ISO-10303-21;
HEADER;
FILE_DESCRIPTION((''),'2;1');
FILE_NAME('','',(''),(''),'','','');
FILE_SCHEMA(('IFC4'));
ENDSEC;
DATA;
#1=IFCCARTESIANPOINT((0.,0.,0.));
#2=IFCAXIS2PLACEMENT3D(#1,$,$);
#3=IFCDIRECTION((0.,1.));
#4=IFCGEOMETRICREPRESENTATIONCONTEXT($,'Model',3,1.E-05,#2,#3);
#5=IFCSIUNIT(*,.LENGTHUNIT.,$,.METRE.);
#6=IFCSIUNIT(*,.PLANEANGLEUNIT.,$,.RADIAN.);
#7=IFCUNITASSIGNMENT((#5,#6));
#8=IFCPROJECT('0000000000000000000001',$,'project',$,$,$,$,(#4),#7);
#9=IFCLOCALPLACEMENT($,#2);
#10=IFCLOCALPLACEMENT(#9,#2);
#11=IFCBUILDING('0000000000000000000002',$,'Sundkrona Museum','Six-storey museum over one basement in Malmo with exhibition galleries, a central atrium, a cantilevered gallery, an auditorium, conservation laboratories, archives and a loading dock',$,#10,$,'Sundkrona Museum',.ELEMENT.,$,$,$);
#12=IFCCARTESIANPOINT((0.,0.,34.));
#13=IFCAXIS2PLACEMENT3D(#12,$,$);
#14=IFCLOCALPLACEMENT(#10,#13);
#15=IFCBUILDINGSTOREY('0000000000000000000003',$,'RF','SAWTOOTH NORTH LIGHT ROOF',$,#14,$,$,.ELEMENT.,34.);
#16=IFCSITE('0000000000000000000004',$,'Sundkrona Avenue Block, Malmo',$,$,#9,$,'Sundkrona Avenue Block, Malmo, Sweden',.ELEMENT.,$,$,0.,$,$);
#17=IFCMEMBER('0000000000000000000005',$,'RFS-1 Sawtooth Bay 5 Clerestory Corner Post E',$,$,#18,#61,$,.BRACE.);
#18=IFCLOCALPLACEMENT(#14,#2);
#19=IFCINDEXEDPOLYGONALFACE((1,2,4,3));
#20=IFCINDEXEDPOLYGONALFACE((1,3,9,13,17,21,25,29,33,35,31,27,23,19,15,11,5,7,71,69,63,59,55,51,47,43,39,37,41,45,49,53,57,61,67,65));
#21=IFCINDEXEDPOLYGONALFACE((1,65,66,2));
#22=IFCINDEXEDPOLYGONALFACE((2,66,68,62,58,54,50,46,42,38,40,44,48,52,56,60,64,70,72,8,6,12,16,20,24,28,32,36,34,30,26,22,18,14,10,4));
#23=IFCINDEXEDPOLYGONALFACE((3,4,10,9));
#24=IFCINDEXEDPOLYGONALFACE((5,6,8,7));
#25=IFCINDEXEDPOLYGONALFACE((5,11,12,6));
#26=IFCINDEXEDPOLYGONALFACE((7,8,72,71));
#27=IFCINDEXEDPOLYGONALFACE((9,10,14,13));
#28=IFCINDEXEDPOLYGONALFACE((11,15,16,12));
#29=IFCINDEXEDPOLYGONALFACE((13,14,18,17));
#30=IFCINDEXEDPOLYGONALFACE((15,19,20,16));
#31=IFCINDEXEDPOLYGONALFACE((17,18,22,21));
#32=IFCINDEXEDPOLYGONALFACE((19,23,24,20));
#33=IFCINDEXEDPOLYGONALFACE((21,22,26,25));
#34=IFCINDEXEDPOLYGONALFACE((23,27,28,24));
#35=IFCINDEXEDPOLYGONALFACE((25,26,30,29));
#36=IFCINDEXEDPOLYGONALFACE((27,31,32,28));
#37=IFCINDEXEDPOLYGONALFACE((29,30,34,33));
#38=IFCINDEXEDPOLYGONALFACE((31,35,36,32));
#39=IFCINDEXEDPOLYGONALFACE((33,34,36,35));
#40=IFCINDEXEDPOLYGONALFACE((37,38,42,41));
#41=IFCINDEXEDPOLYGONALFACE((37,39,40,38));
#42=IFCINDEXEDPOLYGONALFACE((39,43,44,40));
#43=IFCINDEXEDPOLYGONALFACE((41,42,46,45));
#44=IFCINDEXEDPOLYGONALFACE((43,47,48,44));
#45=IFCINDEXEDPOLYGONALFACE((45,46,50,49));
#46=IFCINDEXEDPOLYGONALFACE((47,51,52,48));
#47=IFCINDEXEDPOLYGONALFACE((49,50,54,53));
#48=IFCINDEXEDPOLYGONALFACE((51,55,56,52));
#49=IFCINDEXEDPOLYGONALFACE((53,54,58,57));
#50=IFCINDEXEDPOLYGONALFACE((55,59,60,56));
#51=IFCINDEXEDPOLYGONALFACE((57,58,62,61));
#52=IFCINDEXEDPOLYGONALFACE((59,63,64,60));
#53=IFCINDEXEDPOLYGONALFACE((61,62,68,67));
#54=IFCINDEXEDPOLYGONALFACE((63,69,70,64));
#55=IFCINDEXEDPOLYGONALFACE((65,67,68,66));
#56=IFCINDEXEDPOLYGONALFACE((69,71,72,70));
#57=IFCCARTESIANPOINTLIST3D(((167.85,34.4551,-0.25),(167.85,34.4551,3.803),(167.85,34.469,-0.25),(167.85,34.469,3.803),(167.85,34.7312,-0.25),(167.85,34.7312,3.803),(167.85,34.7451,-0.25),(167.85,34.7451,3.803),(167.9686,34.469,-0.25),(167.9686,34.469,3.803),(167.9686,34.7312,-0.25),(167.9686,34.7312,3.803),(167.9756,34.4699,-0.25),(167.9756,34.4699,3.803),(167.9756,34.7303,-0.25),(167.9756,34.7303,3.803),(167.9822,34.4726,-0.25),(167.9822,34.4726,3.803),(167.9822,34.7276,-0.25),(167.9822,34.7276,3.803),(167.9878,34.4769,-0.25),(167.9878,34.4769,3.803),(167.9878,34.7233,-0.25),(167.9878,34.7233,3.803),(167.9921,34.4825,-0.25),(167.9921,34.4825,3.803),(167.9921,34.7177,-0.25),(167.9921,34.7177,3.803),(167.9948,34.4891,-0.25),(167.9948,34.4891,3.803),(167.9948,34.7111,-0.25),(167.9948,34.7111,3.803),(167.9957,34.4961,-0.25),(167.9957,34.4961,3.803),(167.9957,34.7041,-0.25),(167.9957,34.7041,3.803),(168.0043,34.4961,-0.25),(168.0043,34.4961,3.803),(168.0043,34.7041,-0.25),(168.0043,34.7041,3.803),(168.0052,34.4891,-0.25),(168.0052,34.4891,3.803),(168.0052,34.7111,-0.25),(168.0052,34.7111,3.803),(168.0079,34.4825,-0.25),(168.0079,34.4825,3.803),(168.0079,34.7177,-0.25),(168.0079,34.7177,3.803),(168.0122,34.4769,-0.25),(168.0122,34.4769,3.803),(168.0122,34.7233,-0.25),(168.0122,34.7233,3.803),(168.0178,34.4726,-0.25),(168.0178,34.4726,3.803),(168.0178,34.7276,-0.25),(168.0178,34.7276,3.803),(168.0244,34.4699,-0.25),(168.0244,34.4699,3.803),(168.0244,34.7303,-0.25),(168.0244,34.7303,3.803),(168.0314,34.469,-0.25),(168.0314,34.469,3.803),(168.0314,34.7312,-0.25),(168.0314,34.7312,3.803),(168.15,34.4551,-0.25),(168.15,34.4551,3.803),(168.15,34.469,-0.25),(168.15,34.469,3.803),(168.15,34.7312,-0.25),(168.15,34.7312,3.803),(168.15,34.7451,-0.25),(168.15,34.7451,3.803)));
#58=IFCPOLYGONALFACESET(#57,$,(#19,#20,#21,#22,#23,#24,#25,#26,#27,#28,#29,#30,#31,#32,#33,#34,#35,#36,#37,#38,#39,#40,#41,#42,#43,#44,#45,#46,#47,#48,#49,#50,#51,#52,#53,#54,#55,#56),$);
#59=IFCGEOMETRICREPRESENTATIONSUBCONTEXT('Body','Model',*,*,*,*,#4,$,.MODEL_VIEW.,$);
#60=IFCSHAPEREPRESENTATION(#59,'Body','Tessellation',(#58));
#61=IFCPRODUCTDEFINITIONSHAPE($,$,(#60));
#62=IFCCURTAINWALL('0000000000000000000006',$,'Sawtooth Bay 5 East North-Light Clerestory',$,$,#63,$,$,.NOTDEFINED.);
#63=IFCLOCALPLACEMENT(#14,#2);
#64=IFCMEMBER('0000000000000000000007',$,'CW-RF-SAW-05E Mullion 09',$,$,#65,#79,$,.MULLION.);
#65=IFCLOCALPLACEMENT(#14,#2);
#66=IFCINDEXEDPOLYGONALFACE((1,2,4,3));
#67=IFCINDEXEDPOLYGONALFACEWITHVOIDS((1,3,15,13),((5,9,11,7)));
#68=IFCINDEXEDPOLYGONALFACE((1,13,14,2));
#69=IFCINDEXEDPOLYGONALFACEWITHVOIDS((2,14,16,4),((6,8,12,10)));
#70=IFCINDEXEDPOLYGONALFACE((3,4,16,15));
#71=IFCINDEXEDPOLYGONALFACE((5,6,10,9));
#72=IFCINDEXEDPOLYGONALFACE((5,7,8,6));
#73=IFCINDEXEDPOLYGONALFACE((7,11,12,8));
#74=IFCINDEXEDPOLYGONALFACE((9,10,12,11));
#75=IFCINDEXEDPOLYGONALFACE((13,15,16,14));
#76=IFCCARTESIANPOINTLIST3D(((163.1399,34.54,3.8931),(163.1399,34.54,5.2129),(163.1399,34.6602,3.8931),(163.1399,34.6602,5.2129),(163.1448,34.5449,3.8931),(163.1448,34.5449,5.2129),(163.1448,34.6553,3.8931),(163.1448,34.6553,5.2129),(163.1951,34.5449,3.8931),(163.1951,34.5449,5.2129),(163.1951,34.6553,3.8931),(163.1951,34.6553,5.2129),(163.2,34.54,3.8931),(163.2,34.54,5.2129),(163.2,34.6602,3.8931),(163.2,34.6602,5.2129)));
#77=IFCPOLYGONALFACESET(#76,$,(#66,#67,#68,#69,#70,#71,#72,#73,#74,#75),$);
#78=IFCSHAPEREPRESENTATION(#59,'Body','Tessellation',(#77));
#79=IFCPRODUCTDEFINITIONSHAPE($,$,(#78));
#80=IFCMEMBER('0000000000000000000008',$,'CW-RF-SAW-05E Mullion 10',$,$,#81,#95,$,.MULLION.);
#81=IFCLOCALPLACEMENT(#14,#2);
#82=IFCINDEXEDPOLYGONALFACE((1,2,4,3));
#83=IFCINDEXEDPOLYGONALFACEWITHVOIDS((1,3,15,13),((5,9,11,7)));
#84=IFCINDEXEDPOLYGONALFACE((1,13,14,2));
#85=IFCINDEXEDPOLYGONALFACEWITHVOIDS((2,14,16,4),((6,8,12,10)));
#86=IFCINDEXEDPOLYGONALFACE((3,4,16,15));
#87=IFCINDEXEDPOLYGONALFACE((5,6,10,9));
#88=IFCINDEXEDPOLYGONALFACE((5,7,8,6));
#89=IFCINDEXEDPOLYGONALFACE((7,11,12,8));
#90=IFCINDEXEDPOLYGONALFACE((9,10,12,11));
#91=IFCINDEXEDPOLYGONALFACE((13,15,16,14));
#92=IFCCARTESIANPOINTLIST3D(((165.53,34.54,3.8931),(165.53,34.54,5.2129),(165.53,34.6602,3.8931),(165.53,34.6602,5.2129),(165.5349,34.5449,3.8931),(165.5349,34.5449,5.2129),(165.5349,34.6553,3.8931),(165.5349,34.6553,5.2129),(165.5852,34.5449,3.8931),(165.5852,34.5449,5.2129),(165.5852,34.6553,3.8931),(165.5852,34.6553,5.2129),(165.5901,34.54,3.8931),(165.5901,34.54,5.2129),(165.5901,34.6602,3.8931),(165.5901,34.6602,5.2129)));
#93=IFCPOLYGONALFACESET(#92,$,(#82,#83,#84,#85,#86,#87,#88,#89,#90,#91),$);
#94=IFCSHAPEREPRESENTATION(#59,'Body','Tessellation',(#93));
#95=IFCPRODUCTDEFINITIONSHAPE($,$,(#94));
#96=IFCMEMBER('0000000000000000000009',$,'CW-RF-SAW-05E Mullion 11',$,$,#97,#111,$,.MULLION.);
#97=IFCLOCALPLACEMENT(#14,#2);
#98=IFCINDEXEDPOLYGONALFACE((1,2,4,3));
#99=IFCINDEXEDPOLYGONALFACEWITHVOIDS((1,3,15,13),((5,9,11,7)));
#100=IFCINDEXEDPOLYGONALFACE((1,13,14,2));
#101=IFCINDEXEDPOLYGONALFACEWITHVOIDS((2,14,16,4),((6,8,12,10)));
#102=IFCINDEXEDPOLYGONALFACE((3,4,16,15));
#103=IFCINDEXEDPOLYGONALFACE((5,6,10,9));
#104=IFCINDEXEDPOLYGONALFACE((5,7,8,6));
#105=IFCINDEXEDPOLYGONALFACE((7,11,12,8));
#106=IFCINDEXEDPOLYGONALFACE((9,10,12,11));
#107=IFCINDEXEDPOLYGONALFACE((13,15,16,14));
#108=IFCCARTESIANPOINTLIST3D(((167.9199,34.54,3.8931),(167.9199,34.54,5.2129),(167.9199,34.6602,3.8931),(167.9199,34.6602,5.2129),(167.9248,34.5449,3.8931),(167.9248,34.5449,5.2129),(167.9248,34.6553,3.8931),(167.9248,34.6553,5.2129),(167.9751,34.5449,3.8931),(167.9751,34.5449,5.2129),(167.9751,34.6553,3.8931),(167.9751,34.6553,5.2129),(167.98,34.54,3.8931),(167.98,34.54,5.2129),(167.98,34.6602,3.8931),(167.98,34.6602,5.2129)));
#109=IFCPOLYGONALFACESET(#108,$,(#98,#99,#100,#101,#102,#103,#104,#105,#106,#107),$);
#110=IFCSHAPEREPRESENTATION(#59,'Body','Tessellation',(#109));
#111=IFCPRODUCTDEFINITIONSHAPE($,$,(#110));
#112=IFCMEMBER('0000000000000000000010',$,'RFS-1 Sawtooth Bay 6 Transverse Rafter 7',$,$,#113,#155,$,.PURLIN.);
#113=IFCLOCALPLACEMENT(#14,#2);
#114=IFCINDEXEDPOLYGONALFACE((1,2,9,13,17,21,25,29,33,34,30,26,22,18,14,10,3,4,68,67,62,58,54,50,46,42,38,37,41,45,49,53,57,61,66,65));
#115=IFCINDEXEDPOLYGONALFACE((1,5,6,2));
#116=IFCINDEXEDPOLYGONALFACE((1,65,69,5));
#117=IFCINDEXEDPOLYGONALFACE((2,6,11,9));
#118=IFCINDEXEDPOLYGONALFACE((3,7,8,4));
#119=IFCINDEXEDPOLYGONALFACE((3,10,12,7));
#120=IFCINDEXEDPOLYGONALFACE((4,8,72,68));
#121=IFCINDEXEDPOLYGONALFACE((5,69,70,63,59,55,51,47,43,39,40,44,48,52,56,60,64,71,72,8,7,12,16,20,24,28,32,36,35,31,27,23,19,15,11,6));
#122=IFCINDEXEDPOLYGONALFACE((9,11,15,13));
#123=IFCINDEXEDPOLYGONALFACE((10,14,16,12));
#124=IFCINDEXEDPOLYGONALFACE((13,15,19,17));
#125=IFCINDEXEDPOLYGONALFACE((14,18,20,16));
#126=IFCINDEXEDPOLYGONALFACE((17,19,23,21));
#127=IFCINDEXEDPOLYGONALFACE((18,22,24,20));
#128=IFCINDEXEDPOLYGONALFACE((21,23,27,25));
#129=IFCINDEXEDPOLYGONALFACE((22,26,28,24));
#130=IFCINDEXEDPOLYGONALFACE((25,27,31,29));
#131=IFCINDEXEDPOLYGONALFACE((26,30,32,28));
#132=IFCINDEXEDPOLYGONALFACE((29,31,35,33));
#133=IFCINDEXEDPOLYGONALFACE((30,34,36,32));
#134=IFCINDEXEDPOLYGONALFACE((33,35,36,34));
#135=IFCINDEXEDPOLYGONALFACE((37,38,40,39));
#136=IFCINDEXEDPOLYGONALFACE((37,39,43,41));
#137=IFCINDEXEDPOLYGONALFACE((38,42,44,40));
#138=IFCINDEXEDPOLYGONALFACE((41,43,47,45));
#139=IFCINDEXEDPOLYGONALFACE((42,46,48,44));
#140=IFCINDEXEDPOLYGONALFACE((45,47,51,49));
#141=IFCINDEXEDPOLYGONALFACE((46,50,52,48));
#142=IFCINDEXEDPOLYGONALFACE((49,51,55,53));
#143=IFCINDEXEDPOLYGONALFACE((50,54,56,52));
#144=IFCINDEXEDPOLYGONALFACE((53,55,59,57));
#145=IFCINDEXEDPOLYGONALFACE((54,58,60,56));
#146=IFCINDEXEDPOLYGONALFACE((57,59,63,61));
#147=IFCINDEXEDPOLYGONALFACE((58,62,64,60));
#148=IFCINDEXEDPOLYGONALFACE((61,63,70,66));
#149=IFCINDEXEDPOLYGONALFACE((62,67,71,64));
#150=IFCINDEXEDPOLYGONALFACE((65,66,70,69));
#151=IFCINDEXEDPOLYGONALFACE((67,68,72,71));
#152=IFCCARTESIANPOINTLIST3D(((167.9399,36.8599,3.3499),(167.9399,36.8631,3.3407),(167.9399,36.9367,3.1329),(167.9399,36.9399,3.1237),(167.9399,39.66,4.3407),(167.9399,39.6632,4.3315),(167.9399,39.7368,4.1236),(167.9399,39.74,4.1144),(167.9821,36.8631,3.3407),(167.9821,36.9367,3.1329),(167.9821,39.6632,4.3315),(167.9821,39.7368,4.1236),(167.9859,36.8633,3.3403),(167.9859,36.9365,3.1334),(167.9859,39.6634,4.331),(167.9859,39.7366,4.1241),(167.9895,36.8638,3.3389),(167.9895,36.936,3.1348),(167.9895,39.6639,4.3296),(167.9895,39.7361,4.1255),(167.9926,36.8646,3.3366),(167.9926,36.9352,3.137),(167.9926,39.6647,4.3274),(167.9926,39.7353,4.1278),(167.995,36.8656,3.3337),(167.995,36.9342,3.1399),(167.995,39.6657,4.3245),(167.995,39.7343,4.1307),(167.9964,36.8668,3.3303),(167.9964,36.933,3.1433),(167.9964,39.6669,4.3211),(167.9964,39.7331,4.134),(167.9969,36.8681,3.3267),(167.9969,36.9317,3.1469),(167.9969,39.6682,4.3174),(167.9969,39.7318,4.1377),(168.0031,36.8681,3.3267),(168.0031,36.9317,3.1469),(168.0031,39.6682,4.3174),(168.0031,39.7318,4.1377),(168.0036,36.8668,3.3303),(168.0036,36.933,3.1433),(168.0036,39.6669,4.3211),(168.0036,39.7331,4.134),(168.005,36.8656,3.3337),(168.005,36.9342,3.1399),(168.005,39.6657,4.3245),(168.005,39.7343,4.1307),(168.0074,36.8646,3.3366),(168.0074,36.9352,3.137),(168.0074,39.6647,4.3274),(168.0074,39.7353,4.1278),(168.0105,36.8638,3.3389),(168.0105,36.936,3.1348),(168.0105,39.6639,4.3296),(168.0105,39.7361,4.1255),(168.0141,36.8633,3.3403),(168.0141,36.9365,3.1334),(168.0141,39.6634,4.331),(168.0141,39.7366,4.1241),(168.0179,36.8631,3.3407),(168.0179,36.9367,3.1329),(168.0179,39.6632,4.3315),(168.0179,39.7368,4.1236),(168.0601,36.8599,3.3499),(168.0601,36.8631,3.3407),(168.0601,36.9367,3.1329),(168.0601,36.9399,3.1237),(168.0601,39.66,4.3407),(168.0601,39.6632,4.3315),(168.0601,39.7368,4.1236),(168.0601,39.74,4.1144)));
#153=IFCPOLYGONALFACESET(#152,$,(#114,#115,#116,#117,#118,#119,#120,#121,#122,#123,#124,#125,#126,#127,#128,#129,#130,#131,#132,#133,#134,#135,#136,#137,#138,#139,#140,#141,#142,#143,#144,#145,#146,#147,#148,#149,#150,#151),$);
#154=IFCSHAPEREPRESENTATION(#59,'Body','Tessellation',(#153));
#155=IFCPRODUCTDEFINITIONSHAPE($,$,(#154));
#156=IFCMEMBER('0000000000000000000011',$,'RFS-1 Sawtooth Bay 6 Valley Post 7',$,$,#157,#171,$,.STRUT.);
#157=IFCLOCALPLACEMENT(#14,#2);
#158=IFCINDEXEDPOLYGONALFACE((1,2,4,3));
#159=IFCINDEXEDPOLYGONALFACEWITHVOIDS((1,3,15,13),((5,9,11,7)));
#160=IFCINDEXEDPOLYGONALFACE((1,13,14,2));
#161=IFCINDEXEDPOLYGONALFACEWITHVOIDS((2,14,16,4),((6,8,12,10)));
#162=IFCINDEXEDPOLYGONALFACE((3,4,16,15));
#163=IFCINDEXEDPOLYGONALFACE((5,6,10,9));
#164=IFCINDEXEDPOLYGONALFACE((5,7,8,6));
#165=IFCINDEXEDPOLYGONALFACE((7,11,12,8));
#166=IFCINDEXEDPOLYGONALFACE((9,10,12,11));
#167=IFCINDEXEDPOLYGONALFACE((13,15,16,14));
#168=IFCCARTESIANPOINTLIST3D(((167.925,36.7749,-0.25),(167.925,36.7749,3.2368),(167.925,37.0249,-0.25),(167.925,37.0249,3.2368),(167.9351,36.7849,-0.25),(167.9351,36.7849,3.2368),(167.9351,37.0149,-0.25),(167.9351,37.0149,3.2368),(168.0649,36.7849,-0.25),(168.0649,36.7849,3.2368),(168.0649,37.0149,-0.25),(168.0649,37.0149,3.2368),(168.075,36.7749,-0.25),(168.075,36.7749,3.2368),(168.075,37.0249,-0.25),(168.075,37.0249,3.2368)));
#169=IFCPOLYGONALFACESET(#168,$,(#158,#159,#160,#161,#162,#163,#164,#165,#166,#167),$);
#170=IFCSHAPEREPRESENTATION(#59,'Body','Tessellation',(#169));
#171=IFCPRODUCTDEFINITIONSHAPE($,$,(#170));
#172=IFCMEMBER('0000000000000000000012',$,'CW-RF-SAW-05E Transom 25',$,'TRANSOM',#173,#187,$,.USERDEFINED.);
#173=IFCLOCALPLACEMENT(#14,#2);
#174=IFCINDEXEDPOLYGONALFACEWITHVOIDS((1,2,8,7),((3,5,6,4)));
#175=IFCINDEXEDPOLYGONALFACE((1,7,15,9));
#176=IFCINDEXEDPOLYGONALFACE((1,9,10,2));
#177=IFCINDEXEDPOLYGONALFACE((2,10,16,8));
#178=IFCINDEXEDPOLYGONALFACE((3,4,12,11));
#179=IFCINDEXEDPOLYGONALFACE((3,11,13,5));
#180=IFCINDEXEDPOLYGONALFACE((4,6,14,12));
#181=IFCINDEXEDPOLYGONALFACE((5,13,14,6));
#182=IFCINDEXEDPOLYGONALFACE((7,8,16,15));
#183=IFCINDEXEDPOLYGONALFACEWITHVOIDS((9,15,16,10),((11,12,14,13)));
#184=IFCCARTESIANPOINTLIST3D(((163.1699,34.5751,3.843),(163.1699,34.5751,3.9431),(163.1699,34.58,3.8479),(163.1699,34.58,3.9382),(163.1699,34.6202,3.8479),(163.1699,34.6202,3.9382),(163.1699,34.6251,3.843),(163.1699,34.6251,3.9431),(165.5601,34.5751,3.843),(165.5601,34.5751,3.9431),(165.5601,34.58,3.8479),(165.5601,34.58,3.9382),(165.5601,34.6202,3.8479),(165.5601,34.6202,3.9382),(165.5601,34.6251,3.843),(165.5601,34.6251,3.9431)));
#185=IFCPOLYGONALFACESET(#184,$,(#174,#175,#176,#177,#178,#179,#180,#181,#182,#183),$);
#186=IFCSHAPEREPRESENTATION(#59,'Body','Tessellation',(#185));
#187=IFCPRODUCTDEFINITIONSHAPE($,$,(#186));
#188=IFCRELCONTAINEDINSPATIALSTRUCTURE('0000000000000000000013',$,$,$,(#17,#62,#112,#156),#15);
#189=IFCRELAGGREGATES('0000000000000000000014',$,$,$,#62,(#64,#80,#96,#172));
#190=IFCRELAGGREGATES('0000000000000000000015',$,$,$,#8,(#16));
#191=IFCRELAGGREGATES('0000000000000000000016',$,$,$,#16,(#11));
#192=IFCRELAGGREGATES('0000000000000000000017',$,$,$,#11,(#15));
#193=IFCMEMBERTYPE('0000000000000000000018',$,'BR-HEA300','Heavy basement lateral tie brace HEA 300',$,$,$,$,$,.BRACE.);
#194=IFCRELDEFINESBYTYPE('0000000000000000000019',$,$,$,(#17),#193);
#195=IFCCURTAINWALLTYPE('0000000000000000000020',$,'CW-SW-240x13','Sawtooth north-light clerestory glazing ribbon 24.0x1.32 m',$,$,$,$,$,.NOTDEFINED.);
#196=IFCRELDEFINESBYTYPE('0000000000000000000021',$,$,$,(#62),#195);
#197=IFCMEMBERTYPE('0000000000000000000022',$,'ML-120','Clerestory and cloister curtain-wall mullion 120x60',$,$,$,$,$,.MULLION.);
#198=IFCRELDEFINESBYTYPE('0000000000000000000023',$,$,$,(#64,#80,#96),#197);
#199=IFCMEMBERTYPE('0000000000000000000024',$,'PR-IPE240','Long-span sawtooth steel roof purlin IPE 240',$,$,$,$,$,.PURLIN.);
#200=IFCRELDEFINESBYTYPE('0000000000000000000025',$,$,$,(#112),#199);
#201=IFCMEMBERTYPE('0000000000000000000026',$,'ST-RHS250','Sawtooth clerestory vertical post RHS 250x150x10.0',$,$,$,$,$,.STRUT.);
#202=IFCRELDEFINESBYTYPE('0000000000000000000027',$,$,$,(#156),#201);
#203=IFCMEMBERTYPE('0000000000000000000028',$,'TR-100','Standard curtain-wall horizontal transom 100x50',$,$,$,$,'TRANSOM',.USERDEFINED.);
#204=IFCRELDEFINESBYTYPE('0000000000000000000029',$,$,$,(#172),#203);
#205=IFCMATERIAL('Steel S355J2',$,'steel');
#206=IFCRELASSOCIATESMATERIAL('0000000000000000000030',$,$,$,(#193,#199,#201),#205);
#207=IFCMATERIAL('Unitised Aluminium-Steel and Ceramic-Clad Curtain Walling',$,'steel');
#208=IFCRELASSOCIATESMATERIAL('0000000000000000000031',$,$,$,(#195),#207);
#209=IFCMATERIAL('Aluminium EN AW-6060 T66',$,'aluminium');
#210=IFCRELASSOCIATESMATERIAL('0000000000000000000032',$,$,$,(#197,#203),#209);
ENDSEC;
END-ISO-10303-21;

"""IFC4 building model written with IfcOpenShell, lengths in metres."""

from ifc_helpers import new_model, si_unit, direction, frame, origin, origin_2d, place, context, subcontext, project, spatial, hollow_rectangle, i_section, extrude, material, material_profile, profile_set, type_object, element, aggregate, save


model = new_model("IFC4")

# Units and contexts
model_context = context("Model", 3, precision=1e-05, world=origin(), true_north=direction((0.0, 1.0)))
body_context = subcontext(model_context, "Body", "Model", "MODEL_VIEW")
ifc_project = project(units=[si_unit("LENGTHUNIT", "METRE"), si_unit("PLANEANGLEUNIT", "RADIAN")], contexts=[model_context])

# Site, building, storey
site_placement = place(None, origin())
site = spatial("IfcSite", under=ifc_project, at=site_placement, Name="Sundkrona Avenue Block, Malmo", LongName="Sundkrona Avenue Block, Malmo, Sweden", CompositionType="ELEMENT", RefElevation=0.0)
building_placement = place(site_placement, origin())
building = spatial("IfcBuilding", under=site, at=building_placement, Name="Sundkrona Museum", Description="Six-storey museum over one basement in Malmo with exhibition galleries, a central atrium, a cantilevered gallery, an auditorium, conservation laboratories, archives and a loading dock", LongName="Sundkrona Museum", CompositionType="ELEMENT")
storey_placement = place(building_placement, frame((0.0, 0.0, 34.0)))
storey = spatial("IfcBuildingStorey", under=building, at=storey_placement, Name="RF", Description="SAWTOOTH NORTH LIGHT ROOF", CompositionType="ELEMENT", Elevation=34.0)

# Member
ifc_material_1 = material(Name="Steel S355J2", Category="steel")
ifc_material_profile_1 = material_profile(ifc_material_1, i_section(OverallWidth=0.3, OverallDepth=0.29, WebThickness=0.0085, FlangeThickness=0.0139, FilletRadius=0.0271, at=origin_2d()), Name="HEA 300")
ifc_profile_set_1 = profile_set([ifc_material_profile_1], Name="Steel S355J2")
member_type_1 = type_object("IfcMemberType", Name="BR-HEA300", Description="Heavy basement lateral tie brace HEA 300", PredefinedType="BRACE", material=ifc_profile_set_1)
member_1_placement = place(storey_placement, frame((168.0, 34.6001, -0.25), z_axis=(0.0, 0.0, 1.0), x_axis=(1.0, 0.0, 0.0)))
element("IfcMember", 1, at=member_1_placement, inside=storey, type_object=member_type_1, Name="RFS-1 Sawtooth Bay 5 Clerestory Corner Post E", PredefinedType="BRACE", context=body_context, shape_type="SweptSolid", body=[
    extrude(i_section(OverallWidth=0.3, OverallDepth=0.29, WebThickness=0.0085, FlangeThickness=0.0139, FilletRadius=0.0271, at=origin_2d()), origin(), (0.0, 0.0, 1.0), 4.053),
])

# Curtain wall, members
ifc_material_2 = material(Name="Unitised Aluminium-Steel and Ceramic-Clad Curtain Walling", Category="steel")
curtain_wall_type = type_object("IfcCurtainWallType", Name="CW-SW-240x13", Description="Sawtooth north-light clerestory glazing ribbon 24.0x1.32 m", PredefinedType="NOTDEFINED", material=ifc_material_2)
curtain_wall_placement = place(storey_placement, origin())
curtain_wall = element("IfcCurtainWall", 2, at=curtain_wall_placement, inside=storey, type_object=curtain_wall_type, Name="Sawtooth Bay 5 East North-Light Clerestory", PredefinedType="NOTDEFINED")
ifc_material_3 = material(Name="Aluminium EN AW-6060 T66", Category="aluminium")
ifc_material_profile_2 = material_profile(ifc_material_3, hollow_rectangle(XDim=0.0601, YDim=0.1201, WallThickness=0.0049, at=origin_2d()), Name="RHS 120x60x5.0")
ifc_profile_set_2 = profile_set([ifc_material_profile_2], Name="Aluminium EN AW-6060 T66")
member_type_2 = type_object("IfcMemberType", Name="ML-120", Description="Clerestory and cloister curtain-wall mullion 120x60", PredefinedType="MULLION", material=ifc_profile_set_2)
member_2_placement = place(storey_placement, frame((163.1699, 34.6001, 3.8931), z_axis=(0.0, 0.0, 1.0), x_axis=(1.0, 0.0, 0.0)))
member_2 = element("IfcMember", 3, at=member_2_placement, type_object=member_type_2, Name="CW-RF-SAW-05E Mullion 09", PredefinedType="MULLION", context=body_context, shape_type="SweptSolid", body=[
    extrude(hollow_rectangle(XDim=0.0601, YDim=0.1201, WallThickness=0.0049, at=origin_2d()), origin(), (0.0, 0.0, 1.0), 1.3198),
])
member_3_placement = place(storey_placement, frame((165.5601, 34.6001, 3.8931), z_axis=(0.0, 0.0, 1.0), x_axis=(1.0, 0.0, 0.0)))
member_3 = element("IfcMember", 4, at=member_3_placement, type_object=member_type_2, Name="CW-RF-SAW-05E Mullion 10", PredefinedType="MULLION", context=body_context, shape_type="SweptSolid", body=[
    extrude(hollow_rectangle(XDim=0.0601, YDim=0.1201, WallThickness=0.0049, at=origin_2d()), origin(), (0.0, 0.0, 1.0), 1.3198),
])
member_4_placement = place(storey_placement, frame((167.95, 34.6001, 3.8931), z_axis=(0.0, 0.0, 1.0), x_axis=(1.0, 0.0, 0.0)))
member_4 = element("IfcMember", 5, at=member_4_placement, type_object=member_type_2, Name="CW-RF-SAW-05E Mullion 11", PredefinedType="MULLION", context=body_context, shape_type="SweptSolid", body=[
    extrude(hollow_rectangle(XDim=0.0601, YDim=0.1201, WallThickness=0.0049, at=origin_2d()), origin(), (0.0, 0.0, 1.0), 1.3198),
])

# Members
ifc_material_profile_3 = material_profile(ifc_material_1, i_section(OverallWidth=0.1201, OverallDepth=0.24, WebThickness=0.0061, FlangeThickness=0.0098, FilletRadius=0.0149, at=origin_2d()), Name="IPE 240")
ifc_profile_set_3 = profile_set([ifc_material_profile_3], Name="Steel S355J2")
member_type_3 = type_object("IfcMemberType", Name="PR-IPE240", Description="Long-span sawtooth steel roof purlin IPE 240", PredefinedType="PURLIN", material=ifc_profile_set_3)
member_5_placement = place(storey_placement, frame((168.0, 36.8999, 3.2368), z_axis=(0.0, 0.942729, 0.33356), x_axis=(-1.0, 0.0, 0.0)))
element("IfcMember", 6, at=member_5_placement, inside=storey, type_object=member_type_3, Name="RFS-1 Sawtooth Bay 6 Transverse Rafter 7", PredefinedType="PURLIN", context=body_context, shape_type="SweptSolid", body=[
    extrude(i_section(OverallWidth=0.1201, OverallDepth=0.24, WebThickness=0.0061, FlangeThickness=0.0098, FilletRadius=0.0149, at=origin_2d()), origin(), (0.0, 0.0, 1.0), 2.9702),
])
ifc_material_profile_4 = material_profile(ifc_material_1, hollow_rectangle(XDim=0.1499, YDim=0.25, WallThickness=0.01, at=origin_2d()), Name="RHS 250x150x10.0")
ifc_profile_set_4 = profile_set([ifc_material_profile_4], Name="Steel S355J2")
member_type_4 = type_object("IfcMemberType", Name="ST-RHS250", Description="Sawtooth clerestory vertical post RHS 250x150x10.0", PredefinedType="STRUT", material=ifc_profile_set_4)
member_6_placement = place(storey_placement, frame((168.0, 36.8999, -0.25), z_axis=(0.0, 0.0, 1.0), x_axis=(1.0, 0.0, 0.0)))
element("IfcMember", 7, at=member_6_placement, inside=storey, type_object=member_type_4, Name="RFS-1 Sawtooth Bay 6 Valley Post 7", PredefinedType="STRUT", context=body_context, shape_type="SweptSolid", body=[
    extrude(hollow_rectangle(XDim=0.1499, YDim=0.25, WallThickness=0.01, at=origin_2d()), origin(), (0.0, 0.0, 1.0), 3.4868),
])

# Member
ifc_material_profile_5 = material_profile(ifc_material_3, hollow_rectangle(XDim=0.05, YDim=0.1001, WallThickness=0.0049, at=origin_2d()), Name="RHS 100x50x5.0")
ifc_profile_set_5 = profile_set([ifc_material_profile_5], Name="Aluminium EN AW-6060 T66")
member_type_5 = type_object("IfcMemberType", Name="TR-100", Description="Standard curtain-wall horizontal transom 100x50", ElementType="TRANSOM", PredefinedType="USERDEFINED", material=ifc_profile_set_5)
member_7_placement = place(storey_placement, frame((163.1699, 34.6001, 3.8931), z_axis=(1.0, 0.0, 0.0), x_axis=(0.0, 1.0, 0.0)))
member_7 = element("IfcMember", 8, at=member_7_placement, type_object=member_type_5, Name="CW-RF-SAW-05E Transom 25", ObjectType="TRANSOM", PredefinedType="USERDEFINED", context=body_context, shape_type="SweptSolid", body=[
    extrude(hollow_rectangle(XDim=0.05, YDim=0.1001, WallThickness=0.0049, at=origin_2d()), origin(), (0.0, 0.0, 1.0), 2.3901),
])

aggregate(curtain_wall, [member_2, member_3, member_4, member_7])

save(model, "model.ifc")
